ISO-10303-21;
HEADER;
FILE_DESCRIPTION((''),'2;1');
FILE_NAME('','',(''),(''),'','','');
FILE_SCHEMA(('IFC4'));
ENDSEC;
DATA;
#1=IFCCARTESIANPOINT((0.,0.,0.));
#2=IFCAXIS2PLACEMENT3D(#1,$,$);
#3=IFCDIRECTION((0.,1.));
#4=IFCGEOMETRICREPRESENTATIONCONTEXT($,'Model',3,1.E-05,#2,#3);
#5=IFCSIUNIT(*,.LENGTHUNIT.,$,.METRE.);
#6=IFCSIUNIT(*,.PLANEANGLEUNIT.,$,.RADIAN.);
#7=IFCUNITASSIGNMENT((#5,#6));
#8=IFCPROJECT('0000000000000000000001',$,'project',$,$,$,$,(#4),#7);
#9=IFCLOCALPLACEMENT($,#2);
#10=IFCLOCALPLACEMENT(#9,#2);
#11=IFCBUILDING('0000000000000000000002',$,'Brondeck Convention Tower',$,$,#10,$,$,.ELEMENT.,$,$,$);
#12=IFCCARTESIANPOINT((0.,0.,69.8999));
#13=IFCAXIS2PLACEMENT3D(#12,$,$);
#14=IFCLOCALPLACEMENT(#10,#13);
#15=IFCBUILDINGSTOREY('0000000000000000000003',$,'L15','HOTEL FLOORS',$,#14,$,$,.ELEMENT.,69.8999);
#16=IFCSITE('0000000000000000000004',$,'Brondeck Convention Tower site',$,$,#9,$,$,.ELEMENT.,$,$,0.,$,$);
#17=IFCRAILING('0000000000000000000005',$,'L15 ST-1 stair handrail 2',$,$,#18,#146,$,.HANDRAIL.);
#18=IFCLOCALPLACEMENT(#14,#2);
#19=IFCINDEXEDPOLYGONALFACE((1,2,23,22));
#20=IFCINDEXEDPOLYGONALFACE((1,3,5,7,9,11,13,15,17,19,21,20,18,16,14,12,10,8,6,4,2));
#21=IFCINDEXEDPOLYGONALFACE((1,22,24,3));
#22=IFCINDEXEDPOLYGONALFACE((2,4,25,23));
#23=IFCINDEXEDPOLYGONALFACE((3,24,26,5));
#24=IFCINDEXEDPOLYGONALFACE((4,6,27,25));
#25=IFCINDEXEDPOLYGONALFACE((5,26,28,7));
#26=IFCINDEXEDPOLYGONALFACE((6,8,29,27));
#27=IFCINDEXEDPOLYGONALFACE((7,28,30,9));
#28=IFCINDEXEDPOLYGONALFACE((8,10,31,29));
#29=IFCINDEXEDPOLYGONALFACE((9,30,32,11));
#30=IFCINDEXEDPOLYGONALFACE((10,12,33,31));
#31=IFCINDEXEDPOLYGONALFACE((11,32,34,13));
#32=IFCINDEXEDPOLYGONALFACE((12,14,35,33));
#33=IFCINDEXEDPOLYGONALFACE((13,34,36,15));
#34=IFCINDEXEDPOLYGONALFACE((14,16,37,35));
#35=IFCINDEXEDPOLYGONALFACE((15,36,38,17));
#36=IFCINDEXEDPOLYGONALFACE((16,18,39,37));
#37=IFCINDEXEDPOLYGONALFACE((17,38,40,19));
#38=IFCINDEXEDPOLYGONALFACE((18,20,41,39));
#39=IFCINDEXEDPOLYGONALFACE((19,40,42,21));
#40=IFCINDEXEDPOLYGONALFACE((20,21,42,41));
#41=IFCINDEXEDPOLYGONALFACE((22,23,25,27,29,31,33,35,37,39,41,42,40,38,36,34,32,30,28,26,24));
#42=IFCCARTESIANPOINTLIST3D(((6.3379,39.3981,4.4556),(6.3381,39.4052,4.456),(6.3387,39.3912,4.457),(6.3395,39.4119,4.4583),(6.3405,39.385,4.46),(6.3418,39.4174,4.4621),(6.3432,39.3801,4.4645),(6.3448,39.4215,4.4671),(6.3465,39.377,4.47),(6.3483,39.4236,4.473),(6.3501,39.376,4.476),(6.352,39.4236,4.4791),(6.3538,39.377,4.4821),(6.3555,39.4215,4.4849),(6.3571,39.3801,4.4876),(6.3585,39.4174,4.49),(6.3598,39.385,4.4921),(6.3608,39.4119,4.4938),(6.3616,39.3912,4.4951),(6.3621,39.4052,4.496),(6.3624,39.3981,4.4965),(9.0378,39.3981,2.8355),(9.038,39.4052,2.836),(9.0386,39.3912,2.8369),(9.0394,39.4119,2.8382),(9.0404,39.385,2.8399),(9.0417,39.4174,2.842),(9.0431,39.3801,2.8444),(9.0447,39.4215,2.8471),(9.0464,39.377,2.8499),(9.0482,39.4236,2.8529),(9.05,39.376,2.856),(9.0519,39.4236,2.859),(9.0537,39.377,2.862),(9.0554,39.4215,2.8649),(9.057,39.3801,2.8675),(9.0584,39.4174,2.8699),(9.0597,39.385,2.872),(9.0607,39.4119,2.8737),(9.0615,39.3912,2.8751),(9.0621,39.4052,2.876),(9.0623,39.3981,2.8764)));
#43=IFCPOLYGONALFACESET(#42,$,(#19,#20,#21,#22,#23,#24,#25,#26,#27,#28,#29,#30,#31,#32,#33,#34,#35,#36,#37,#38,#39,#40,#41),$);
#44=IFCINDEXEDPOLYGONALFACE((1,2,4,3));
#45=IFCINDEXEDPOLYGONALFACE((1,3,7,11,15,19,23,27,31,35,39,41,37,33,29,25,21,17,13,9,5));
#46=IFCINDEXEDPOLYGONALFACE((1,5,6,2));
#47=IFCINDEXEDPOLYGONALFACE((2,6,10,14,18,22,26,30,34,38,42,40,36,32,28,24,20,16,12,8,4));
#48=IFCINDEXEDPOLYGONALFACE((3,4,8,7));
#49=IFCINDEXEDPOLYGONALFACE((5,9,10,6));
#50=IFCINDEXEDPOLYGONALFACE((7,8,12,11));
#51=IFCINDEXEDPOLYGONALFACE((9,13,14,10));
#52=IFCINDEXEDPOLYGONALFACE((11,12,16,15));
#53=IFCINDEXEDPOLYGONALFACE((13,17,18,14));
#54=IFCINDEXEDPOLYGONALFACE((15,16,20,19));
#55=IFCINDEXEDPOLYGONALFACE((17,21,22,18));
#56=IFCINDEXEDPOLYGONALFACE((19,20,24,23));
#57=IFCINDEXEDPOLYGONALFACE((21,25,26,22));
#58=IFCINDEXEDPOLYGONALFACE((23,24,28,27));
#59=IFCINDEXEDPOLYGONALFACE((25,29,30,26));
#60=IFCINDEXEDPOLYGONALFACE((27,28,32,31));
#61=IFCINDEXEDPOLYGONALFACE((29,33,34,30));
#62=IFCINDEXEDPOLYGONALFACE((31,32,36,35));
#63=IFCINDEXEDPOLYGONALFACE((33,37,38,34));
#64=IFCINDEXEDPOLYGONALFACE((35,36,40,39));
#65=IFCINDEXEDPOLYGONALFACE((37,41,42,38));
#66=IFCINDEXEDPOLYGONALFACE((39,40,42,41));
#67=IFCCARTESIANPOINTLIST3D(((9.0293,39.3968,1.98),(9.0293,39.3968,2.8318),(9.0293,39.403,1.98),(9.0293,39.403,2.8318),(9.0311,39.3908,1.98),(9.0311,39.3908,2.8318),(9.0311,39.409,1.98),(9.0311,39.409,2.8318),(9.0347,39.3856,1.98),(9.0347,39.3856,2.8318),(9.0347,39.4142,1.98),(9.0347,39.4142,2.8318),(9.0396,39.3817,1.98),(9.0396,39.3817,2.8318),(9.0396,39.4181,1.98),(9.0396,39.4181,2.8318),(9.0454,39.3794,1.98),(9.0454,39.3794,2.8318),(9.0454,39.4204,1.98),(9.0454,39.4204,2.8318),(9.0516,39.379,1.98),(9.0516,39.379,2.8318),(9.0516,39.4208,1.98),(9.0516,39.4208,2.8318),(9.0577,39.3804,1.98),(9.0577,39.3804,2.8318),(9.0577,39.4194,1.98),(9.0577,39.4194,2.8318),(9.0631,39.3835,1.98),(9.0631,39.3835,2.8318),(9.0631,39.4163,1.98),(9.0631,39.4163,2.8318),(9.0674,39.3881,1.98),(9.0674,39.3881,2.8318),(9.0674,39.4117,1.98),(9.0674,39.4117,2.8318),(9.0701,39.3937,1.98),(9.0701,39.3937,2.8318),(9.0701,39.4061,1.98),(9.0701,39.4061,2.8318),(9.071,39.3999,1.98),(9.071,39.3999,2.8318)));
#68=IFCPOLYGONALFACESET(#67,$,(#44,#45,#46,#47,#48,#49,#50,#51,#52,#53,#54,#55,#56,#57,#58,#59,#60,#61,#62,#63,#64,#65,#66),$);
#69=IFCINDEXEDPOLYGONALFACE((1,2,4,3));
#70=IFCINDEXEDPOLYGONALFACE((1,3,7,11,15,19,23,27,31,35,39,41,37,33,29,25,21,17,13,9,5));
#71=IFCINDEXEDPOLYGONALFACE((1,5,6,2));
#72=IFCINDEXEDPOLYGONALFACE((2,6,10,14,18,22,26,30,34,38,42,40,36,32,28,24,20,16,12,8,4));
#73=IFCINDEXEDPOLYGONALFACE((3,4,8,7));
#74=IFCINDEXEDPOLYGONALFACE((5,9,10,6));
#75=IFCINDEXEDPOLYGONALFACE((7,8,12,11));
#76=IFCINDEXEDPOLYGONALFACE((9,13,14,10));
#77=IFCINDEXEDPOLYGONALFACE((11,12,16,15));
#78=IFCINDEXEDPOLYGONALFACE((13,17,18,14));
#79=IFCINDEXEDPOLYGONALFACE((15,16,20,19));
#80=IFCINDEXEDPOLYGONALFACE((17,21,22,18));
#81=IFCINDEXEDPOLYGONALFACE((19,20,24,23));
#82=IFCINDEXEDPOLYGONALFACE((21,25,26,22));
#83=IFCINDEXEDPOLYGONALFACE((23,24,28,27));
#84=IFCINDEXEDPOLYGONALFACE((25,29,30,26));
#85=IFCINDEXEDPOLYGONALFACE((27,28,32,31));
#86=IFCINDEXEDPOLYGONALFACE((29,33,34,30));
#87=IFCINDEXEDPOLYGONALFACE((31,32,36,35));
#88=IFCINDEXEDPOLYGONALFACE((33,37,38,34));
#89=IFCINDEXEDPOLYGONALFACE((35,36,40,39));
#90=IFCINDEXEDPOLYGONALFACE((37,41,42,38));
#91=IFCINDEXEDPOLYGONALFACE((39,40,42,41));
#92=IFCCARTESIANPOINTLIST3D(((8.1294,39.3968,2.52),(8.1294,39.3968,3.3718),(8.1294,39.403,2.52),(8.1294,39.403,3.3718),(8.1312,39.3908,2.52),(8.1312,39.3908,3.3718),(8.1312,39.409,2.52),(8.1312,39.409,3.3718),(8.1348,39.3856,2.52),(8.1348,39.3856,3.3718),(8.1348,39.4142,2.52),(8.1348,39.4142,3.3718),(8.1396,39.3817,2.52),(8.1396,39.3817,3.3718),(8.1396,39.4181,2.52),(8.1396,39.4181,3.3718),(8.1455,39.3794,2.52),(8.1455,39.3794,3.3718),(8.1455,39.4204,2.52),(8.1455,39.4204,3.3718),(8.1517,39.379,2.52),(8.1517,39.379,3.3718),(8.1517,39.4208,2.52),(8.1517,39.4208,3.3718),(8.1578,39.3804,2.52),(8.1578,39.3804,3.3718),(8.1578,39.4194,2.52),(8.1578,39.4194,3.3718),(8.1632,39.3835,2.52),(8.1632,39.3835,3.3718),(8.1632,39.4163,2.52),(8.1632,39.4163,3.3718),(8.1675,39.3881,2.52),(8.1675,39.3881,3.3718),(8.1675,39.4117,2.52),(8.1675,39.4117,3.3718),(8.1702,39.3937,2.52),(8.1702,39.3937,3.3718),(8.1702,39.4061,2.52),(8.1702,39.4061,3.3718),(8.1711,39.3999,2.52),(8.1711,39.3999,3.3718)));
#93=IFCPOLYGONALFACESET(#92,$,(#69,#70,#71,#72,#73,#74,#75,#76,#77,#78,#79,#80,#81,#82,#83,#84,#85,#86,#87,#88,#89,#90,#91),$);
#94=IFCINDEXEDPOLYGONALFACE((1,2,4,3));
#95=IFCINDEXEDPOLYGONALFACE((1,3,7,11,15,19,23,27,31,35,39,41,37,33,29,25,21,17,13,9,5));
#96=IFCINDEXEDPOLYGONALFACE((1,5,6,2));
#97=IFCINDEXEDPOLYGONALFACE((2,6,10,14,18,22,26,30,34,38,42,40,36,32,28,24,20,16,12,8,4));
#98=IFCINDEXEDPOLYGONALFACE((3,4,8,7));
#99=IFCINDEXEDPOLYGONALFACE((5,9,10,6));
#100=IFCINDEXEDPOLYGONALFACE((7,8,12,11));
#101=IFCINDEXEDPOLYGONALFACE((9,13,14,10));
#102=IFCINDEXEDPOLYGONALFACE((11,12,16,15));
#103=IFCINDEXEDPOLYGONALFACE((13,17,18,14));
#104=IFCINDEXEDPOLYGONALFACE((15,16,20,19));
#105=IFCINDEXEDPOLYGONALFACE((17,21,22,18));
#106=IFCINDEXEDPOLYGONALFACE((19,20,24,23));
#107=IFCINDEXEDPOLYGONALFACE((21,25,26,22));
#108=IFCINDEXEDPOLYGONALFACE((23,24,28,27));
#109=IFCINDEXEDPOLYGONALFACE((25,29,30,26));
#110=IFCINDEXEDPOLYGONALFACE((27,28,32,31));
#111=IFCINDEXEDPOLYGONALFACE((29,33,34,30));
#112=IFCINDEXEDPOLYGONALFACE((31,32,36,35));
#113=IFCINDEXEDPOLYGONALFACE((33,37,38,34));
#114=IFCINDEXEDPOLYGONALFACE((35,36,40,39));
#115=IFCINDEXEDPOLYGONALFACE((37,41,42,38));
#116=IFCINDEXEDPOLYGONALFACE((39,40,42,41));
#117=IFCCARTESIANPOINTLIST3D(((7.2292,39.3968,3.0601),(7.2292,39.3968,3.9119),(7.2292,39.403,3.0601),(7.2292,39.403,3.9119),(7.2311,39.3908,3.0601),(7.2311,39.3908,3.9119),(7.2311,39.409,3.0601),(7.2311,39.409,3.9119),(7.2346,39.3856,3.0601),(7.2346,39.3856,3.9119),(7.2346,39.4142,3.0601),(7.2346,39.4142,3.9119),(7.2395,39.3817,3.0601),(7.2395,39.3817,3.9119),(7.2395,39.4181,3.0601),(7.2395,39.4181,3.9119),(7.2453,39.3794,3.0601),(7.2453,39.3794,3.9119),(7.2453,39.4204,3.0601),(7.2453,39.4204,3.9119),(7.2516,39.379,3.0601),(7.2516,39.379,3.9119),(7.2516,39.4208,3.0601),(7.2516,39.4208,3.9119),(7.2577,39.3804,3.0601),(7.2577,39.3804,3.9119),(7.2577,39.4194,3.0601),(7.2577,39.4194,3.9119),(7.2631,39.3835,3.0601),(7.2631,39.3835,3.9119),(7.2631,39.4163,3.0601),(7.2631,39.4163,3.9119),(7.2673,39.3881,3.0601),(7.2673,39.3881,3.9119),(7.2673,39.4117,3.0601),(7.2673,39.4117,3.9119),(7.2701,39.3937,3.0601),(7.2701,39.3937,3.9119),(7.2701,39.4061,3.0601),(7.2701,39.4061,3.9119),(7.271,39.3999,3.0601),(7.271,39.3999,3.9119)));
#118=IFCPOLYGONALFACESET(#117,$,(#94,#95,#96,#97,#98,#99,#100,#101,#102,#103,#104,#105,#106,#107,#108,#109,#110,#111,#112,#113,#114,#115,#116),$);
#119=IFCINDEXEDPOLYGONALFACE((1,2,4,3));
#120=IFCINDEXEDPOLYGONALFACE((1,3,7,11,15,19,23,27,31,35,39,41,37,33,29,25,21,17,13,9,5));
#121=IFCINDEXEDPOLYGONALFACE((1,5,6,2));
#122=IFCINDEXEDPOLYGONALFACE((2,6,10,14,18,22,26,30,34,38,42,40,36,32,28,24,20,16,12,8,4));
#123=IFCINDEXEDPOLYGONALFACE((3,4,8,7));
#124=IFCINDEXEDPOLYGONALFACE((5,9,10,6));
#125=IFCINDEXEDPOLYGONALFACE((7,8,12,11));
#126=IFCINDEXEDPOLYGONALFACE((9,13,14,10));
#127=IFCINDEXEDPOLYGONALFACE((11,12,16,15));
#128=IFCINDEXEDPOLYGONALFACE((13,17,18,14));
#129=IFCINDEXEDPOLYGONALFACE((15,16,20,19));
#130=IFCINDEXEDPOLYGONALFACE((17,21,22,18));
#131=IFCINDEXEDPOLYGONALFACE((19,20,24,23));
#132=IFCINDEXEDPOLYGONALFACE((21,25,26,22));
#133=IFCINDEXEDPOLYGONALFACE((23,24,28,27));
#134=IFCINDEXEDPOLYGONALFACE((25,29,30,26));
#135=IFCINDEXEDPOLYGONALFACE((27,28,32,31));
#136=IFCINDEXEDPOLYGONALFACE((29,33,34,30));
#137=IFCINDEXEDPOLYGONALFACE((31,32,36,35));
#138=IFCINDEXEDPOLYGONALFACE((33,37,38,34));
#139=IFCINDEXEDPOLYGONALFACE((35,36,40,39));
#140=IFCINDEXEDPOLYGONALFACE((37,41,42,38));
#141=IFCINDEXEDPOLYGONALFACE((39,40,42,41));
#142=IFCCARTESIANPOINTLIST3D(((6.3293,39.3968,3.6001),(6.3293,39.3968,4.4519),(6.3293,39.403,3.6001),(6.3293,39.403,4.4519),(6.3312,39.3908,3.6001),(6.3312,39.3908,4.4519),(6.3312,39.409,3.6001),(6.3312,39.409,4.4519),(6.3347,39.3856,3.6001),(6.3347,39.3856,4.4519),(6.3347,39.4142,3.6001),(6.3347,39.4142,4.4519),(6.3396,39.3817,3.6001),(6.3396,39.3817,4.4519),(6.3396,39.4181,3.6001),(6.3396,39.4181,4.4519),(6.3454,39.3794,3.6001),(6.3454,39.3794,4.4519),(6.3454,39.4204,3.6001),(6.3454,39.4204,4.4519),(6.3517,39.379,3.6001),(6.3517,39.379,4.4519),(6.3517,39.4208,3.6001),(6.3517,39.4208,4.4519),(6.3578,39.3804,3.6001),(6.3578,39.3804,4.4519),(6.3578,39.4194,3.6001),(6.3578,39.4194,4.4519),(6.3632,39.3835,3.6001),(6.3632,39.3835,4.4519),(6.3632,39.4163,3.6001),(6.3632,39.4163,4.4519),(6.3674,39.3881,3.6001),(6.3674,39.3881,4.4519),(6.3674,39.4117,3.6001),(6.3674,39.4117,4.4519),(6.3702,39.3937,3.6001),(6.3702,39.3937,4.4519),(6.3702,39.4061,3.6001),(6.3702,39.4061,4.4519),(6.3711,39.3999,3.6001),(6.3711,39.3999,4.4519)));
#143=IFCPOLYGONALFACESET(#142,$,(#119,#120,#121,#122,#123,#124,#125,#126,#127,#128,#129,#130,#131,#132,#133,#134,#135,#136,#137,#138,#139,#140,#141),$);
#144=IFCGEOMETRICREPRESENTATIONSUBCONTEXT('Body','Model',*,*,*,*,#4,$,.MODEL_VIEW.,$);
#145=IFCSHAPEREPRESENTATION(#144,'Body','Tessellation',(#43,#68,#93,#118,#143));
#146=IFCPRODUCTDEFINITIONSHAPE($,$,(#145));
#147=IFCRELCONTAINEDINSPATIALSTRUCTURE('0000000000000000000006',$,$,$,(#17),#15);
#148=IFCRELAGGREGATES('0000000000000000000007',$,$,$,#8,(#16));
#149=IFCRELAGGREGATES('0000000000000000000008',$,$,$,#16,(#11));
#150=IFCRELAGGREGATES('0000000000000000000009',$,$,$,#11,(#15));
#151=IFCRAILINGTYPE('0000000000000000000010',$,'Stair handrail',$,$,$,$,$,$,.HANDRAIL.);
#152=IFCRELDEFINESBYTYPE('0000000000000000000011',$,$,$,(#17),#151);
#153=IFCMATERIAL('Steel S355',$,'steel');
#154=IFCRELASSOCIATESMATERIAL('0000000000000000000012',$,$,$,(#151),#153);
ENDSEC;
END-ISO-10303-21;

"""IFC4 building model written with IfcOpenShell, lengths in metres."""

from ifc_helpers import new_model, si_unit, direction, frame, origin, origin_2d, place, context, subcontext, project, spatial, circle, extrude, material, type_object, element, save


model = new_model("IFC4")

# Units and contexts
model_context = context("Model", 3, precision=1e-05, world=origin(), true_north=direction((0.0, 1.0)))
body_context = subcontext(model_context, "Body", "Model", "MODEL_VIEW")
ifc_project = project(units=[si_unit("LENGTHUNIT", "METRE"), si_unit("PLANEANGLEUNIT", "RADIAN")], contexts=[model_context])

# Site, building, storey
site_placement = place(None, origin())
site = spatial("IfcSite", under=ifc_project, at=site_placement, Name="Brondeck Convention Tower site", CompositionType="ELEMENT", RefElevation=0.0)
building_placement = place(site_placement, origin())
building = spatial("IfcBuilding", under=site, at=building_placement, Name="Brondeck Convention Tower", CompositionType="ELEMENT")
storey_placement = place(building_placement, frame((0.0, 0.0, 69.8999)))
storey = spatial("IfcBuildingStorey", under=building, at=storey_placement, Name="L15", Description="HOTEL FLOORS", CompositionType="ELEMENT", Elevation=69.8999)

# Shared definitions
ifc_material_1 = material(Name="Steel S355", Category="steel")

# Railing
railing_type = type_object("IfcRailingType", Name="Stair handrail", PredefinedType="HANDRAIL", material=ifc_material_1)
railing_placement = place(storey_placement, frame((9.05, 39.3999, 1.98)))
element("IfcRailing", 1, at=railing_placement, inside=storey, type_object=railing_type, Name="L15 ST-1 stair handrail 2", PredefinedType="HANDRAIL", context=body_context, shape_type="SweptSolid", body=[
    extrude(circle(Radius=0.0239, at=origin_2d()), frame((0.0, 0.0, 0.876), z_axis=(-0.857472, 0.0, 0.51453), x_axis=(0.0, -1.0, 0.0)), (0.0, 0.0, 1.0), 3.1487),
    extrude(circle(Radius=0.021, at=origin_2d()), origin(), (0.0, 0.0, 1.0), 0.8518),
    extrude(circle(Radius=0.021, at=origin_2d()), frame((-0.8999, 0.0, 0.54)), (0.0, 0.0, 1.0), 0.8518),
    extrude(circle(Radius=0.021, at=origin_2d()), frame((-1.8, 0.0, 1.0801)), (0.0, 0.0, 1.0), 0.8518),
    extrude(circle(Radius=0.021, at=origin_2d()), frame((-2.7, 0.0, 1.6201)), (0.0, 0.0, 1.0), 0.8518),
])

save(model, "model.ifc")
